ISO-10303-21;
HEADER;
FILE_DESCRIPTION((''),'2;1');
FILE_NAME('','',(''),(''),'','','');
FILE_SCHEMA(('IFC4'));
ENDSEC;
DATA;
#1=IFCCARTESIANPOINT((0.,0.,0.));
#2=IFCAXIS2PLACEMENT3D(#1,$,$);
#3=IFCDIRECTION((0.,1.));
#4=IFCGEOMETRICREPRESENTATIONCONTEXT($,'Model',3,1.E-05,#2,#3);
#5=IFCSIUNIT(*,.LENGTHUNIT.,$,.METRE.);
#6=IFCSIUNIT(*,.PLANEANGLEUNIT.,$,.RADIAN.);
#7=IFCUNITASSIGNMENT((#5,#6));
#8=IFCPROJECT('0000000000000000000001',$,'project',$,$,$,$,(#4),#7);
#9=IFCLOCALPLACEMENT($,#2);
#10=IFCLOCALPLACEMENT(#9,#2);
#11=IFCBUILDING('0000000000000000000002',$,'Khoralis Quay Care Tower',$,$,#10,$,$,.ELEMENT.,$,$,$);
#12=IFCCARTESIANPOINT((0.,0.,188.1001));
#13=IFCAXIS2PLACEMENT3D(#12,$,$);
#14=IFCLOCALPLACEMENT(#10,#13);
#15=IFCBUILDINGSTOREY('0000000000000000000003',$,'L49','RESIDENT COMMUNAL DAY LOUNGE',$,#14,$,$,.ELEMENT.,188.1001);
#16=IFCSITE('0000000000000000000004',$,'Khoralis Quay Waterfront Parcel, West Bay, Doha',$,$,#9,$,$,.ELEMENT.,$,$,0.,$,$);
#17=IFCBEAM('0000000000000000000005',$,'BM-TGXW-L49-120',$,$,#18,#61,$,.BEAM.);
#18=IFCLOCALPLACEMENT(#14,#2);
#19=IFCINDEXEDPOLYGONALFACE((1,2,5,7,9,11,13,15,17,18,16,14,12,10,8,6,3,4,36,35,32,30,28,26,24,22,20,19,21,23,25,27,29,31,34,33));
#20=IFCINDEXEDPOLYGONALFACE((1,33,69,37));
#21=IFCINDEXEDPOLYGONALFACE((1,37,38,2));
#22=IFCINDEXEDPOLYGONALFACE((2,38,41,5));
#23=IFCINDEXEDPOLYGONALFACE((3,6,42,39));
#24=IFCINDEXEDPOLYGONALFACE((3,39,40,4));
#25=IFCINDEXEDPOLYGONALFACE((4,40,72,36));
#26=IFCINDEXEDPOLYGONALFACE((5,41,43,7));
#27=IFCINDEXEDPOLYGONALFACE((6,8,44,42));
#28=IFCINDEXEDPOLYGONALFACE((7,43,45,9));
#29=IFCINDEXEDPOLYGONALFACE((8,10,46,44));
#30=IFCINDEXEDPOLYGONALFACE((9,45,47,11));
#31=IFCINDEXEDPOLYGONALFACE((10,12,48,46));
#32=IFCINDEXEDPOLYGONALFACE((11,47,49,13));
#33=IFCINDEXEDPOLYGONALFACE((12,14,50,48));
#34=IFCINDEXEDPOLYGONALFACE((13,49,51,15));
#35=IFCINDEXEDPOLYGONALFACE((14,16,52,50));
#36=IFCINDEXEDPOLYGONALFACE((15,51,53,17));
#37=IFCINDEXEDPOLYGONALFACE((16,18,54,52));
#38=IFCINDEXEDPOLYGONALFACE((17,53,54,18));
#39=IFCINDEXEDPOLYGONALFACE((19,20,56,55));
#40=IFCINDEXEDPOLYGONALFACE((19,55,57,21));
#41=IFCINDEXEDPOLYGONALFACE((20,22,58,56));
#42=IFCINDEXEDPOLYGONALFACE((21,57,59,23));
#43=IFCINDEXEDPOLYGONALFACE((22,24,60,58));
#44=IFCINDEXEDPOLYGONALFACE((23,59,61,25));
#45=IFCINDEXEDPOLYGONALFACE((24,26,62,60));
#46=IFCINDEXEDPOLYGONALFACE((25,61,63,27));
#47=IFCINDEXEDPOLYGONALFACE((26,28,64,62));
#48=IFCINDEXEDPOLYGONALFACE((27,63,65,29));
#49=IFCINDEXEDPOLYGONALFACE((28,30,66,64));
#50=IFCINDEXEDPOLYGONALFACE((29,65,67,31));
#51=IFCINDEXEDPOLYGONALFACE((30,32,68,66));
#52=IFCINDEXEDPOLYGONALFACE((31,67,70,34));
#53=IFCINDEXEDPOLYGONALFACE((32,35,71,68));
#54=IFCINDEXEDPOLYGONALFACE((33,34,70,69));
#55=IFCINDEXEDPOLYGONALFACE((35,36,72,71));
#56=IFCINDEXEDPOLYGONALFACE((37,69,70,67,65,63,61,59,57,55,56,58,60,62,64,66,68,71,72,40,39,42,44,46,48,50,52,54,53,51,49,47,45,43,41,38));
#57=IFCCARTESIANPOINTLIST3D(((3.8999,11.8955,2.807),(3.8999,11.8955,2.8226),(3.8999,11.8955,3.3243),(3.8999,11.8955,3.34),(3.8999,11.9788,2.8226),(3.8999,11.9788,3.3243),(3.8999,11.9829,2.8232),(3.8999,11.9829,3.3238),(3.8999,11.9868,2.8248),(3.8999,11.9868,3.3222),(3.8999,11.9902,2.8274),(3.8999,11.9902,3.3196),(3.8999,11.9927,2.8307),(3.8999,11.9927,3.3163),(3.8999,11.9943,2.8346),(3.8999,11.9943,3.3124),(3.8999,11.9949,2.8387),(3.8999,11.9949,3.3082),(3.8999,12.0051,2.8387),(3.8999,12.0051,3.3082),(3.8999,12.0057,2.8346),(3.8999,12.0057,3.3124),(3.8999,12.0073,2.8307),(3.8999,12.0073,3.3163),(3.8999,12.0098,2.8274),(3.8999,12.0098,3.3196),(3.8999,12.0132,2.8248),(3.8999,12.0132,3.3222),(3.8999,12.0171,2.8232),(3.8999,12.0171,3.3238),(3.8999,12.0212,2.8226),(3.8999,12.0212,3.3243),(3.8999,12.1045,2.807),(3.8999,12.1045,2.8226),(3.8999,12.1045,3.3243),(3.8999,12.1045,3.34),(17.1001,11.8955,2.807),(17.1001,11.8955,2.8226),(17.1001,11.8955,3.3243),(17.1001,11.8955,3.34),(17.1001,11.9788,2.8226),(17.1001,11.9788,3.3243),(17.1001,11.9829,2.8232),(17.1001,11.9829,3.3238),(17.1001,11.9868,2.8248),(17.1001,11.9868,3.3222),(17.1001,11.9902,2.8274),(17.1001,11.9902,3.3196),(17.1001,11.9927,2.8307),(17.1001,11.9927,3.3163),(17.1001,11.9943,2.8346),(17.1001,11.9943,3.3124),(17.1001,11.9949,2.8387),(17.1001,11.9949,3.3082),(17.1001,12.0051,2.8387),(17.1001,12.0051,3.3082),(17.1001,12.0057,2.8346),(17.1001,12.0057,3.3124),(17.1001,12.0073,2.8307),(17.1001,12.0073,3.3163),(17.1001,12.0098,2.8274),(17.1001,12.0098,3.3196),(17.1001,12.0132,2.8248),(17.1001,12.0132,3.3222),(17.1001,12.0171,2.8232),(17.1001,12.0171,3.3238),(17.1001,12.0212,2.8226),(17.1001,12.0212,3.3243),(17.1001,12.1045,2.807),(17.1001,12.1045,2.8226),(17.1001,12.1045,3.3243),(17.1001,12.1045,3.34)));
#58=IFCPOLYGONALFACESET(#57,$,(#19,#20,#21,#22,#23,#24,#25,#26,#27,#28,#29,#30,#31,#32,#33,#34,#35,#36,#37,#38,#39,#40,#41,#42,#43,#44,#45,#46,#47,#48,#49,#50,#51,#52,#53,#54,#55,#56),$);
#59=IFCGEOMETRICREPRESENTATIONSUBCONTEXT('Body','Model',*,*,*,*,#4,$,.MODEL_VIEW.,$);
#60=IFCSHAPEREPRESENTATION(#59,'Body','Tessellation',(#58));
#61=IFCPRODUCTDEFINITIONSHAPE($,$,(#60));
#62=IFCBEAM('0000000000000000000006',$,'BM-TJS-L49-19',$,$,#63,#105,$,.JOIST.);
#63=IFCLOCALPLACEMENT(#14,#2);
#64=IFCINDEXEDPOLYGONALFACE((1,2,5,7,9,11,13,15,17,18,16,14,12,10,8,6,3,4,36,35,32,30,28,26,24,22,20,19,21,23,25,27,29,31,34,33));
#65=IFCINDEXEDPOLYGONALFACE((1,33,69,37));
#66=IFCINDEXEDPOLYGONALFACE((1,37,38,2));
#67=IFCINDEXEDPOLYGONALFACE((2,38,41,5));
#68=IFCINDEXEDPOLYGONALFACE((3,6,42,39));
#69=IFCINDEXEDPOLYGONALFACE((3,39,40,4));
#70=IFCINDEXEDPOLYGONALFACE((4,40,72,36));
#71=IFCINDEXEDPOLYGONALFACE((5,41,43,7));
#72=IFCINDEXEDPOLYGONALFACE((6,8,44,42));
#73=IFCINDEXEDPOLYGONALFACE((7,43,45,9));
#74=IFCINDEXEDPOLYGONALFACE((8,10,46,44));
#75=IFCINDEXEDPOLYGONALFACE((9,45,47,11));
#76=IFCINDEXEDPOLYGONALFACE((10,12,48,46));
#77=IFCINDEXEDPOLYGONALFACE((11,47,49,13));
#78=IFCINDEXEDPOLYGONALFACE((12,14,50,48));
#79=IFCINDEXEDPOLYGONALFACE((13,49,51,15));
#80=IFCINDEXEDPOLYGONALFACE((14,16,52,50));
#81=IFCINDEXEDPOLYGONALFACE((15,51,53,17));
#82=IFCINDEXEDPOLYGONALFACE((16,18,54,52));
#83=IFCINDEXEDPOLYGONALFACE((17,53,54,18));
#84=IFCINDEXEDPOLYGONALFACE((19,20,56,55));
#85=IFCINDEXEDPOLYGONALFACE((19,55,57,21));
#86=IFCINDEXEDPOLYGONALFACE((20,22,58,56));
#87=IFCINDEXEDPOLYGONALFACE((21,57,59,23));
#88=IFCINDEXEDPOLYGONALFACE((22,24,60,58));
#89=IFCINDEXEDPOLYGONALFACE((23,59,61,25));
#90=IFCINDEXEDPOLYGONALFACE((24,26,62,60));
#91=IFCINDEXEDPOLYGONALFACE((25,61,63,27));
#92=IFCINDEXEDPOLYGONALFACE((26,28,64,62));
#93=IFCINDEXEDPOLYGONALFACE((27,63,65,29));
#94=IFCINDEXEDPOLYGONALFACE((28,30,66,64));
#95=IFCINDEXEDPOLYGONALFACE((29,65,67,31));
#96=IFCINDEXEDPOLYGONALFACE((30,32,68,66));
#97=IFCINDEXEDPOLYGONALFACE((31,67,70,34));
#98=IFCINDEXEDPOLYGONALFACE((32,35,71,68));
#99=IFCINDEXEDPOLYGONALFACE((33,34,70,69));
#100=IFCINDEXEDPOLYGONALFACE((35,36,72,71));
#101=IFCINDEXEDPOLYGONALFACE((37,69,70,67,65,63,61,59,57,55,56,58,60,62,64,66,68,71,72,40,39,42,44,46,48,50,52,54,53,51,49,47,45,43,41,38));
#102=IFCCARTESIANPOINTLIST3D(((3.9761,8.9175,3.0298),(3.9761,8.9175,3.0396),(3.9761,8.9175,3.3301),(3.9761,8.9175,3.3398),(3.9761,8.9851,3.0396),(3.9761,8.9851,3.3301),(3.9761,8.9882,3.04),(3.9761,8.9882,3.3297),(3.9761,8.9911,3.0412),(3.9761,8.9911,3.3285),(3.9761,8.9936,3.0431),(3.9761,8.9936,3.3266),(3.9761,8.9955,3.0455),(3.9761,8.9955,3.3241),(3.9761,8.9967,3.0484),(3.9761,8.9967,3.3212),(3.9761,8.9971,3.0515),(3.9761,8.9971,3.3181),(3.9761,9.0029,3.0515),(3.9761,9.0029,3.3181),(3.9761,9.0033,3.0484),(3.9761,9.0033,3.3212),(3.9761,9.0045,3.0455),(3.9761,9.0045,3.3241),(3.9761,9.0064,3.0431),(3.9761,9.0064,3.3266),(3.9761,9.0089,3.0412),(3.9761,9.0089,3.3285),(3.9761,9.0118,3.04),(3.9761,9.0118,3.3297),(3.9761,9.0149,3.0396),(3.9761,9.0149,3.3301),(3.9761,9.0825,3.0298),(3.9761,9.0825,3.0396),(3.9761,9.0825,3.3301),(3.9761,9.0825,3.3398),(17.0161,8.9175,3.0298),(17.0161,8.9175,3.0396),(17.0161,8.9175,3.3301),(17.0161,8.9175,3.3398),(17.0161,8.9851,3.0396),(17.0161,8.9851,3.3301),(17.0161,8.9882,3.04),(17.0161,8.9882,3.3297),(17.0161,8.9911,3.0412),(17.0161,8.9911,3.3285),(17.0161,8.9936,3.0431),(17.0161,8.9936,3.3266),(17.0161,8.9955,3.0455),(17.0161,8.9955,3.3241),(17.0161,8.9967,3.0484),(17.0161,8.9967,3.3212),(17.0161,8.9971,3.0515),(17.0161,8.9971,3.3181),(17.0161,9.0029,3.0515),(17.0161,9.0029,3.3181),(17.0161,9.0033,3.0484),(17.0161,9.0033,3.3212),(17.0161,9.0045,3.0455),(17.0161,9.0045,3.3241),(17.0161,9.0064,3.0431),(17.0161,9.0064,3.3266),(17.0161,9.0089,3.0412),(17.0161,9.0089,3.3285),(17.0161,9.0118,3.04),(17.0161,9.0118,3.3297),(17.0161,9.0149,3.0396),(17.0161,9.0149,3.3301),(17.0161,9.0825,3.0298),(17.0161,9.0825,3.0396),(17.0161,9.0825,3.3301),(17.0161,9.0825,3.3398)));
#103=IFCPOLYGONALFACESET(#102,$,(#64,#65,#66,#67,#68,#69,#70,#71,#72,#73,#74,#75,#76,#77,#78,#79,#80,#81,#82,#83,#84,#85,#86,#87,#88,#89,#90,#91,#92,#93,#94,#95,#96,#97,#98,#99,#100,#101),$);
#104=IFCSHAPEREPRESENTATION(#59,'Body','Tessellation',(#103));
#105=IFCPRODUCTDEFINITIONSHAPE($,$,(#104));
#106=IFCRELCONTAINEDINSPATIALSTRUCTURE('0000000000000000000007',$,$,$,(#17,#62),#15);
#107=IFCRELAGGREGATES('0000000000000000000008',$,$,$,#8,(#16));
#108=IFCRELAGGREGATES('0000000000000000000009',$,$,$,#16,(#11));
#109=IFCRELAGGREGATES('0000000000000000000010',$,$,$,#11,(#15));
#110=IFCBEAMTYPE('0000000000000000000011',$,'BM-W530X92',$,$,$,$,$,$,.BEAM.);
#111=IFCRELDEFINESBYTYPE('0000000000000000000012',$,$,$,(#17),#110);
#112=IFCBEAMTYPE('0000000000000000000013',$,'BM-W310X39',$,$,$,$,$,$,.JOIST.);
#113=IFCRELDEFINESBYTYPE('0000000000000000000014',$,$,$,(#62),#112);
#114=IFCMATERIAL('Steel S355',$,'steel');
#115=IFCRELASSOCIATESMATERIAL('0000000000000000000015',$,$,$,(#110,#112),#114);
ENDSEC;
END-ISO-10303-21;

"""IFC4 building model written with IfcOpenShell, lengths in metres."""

from ifc_helpers import new_model, si_unit, direction, frame, origin, origin_2d, place, context, subcontext, project, spatial, i_section, extrude, source, transform, mapped, material, material_profile, profile_set, type_object, element, save


model = new_model("IFC4")

# Units and contexts
model_context = context("Model", 3, precision=1e-05, world=origin(), true_north=direction((0.0, 1.0)))
body_context = subcontext(model_context, "Body", "Model", "MODEL_VIEW")
ifc_project = project(units=[si_unit("LENGTHUNIT", "METRE"), si_unit("PLANEANGLEUNIT", "RADIAN")], contexts=[model_context])

# Site, building, storey
site_placement = place(None, origin())
site = spatial("IfcSite", under=ifc_project, at=site_placement, Name="Khoralis Quay Waterfront Parcel, West Bay, Doha", CompositionType="ELEMENT", RefElevation=0.0)
building_placement = place(site_placement, origin())
building = spatial("IfcBuilding", under=site, at=building_placement, Name="Khoralis Quay Care Tower", CompositionType="ELEMENT")
storey_placement = place(building_placement, frame((0.0, 0.0, 188.1001)))
storey = spatial("IfcBuildingStorey", under=building, at=storey_placement, Name="L49", Description="RESIDENT COMMUNAL DAY LOUNGE", CompositionType="ELEMENT", Elevation=188.1001)

# Beams
ifc_material_1 = material(Name="Steel S355", Category="steel")
ifc_material_profile_1 = material_profile(ifc_material_1, i_section(OverallWidth=0.209, OverallDepth=0.533, WebThickness=0.0103, FlangeThickness=0.0156, FilletRadius=0.0161, at=origin_2d()), Name="Steel S355")
ifc_profile_set_1 = profile_set([ifc_material_profile_1], Name="Steel S355")
beam_type_1 = type_object("IfcBeamType", Name="BM-W530X92", PredefinedType="BEAM", material=ifc_profile_set_1)
shared_shape_1 = source(origin(), body_context, "Body", "SweptSolid", [
    extrude(i_section(OverallWidth=0.209, OverallDepth=0.533, WebThickness=0.0103, FlangeThickness=0.0156, FilletRadius=0.0161, at=origin_2d()), origin(), (0.0, 0.0, 1.0), 13.2002),
])
beam_1_placement = place(storey_placement, frame((3.8999, 12.0, 3.0735), z_axis=(1.0, 0.0, 0.0), x_axis=(0.0, 1.0, 0.0)))
element("IfcBeam", 1, at=beam_1_placement, inside=storey, type_object=beam_type_1, Name="BM-TGXW-L49-120", PredefinedType="BEAM", context=body_context, shape_type="MappedRepresentation", body=[
    mapped(shared_shape_1, transform((0.0, 0.0, 0.0), scale=1.0)),
])
ifc_material_profile_2 = material_profile(ifc_material_1, i_section(OverallWidth=0.165, OverallDepth=0.3101, WebThickness=0.0059, FlangeThickness=0.0098, FilletRadius=0.012, at=origin_2d()), Name="Steel S355")
ifc_profile_set_2 = profile_set([ifc_material_profile_2], Name="Steel S355")
beam_type_2 = type_object("IfcBeamType", Name="BM-W310X39", PredefinedType="JOIST", material=ifc_profile_set_2)
shared_shape_2 = source(origin(), body_context, "Body", "SweptSolid", [
    extrude(i_section(OverallWidth=0.165, OverallDepth=0.3101, WebThickness=0.0059, FlangeThickness=0.0098, FilletRadius=0.012, at=origin_2d()), origin(), (0.0, 0.0, 1.0), 13.04),
])
beam_2_placement = place(storey_placement, frame((3.9761, 9.0, 3.1848), z_axis=(1.0, 0.0, 0.0), x_axis=(0.0, 1.0, 0.0)))
element("IfcBeam", 2, at=beam_2_placement, inside=storey, type_object=beam_type_2, Name="BM-TJS-L49-19", PredefinedType="JOIST", context=body_context, shape_type="MappedRepresentation", body=[
    mapped(shared_shape_2, transform((0.0, 0.0, 0.0), scale=1.0)),
])

save(model, "model.ifc")
